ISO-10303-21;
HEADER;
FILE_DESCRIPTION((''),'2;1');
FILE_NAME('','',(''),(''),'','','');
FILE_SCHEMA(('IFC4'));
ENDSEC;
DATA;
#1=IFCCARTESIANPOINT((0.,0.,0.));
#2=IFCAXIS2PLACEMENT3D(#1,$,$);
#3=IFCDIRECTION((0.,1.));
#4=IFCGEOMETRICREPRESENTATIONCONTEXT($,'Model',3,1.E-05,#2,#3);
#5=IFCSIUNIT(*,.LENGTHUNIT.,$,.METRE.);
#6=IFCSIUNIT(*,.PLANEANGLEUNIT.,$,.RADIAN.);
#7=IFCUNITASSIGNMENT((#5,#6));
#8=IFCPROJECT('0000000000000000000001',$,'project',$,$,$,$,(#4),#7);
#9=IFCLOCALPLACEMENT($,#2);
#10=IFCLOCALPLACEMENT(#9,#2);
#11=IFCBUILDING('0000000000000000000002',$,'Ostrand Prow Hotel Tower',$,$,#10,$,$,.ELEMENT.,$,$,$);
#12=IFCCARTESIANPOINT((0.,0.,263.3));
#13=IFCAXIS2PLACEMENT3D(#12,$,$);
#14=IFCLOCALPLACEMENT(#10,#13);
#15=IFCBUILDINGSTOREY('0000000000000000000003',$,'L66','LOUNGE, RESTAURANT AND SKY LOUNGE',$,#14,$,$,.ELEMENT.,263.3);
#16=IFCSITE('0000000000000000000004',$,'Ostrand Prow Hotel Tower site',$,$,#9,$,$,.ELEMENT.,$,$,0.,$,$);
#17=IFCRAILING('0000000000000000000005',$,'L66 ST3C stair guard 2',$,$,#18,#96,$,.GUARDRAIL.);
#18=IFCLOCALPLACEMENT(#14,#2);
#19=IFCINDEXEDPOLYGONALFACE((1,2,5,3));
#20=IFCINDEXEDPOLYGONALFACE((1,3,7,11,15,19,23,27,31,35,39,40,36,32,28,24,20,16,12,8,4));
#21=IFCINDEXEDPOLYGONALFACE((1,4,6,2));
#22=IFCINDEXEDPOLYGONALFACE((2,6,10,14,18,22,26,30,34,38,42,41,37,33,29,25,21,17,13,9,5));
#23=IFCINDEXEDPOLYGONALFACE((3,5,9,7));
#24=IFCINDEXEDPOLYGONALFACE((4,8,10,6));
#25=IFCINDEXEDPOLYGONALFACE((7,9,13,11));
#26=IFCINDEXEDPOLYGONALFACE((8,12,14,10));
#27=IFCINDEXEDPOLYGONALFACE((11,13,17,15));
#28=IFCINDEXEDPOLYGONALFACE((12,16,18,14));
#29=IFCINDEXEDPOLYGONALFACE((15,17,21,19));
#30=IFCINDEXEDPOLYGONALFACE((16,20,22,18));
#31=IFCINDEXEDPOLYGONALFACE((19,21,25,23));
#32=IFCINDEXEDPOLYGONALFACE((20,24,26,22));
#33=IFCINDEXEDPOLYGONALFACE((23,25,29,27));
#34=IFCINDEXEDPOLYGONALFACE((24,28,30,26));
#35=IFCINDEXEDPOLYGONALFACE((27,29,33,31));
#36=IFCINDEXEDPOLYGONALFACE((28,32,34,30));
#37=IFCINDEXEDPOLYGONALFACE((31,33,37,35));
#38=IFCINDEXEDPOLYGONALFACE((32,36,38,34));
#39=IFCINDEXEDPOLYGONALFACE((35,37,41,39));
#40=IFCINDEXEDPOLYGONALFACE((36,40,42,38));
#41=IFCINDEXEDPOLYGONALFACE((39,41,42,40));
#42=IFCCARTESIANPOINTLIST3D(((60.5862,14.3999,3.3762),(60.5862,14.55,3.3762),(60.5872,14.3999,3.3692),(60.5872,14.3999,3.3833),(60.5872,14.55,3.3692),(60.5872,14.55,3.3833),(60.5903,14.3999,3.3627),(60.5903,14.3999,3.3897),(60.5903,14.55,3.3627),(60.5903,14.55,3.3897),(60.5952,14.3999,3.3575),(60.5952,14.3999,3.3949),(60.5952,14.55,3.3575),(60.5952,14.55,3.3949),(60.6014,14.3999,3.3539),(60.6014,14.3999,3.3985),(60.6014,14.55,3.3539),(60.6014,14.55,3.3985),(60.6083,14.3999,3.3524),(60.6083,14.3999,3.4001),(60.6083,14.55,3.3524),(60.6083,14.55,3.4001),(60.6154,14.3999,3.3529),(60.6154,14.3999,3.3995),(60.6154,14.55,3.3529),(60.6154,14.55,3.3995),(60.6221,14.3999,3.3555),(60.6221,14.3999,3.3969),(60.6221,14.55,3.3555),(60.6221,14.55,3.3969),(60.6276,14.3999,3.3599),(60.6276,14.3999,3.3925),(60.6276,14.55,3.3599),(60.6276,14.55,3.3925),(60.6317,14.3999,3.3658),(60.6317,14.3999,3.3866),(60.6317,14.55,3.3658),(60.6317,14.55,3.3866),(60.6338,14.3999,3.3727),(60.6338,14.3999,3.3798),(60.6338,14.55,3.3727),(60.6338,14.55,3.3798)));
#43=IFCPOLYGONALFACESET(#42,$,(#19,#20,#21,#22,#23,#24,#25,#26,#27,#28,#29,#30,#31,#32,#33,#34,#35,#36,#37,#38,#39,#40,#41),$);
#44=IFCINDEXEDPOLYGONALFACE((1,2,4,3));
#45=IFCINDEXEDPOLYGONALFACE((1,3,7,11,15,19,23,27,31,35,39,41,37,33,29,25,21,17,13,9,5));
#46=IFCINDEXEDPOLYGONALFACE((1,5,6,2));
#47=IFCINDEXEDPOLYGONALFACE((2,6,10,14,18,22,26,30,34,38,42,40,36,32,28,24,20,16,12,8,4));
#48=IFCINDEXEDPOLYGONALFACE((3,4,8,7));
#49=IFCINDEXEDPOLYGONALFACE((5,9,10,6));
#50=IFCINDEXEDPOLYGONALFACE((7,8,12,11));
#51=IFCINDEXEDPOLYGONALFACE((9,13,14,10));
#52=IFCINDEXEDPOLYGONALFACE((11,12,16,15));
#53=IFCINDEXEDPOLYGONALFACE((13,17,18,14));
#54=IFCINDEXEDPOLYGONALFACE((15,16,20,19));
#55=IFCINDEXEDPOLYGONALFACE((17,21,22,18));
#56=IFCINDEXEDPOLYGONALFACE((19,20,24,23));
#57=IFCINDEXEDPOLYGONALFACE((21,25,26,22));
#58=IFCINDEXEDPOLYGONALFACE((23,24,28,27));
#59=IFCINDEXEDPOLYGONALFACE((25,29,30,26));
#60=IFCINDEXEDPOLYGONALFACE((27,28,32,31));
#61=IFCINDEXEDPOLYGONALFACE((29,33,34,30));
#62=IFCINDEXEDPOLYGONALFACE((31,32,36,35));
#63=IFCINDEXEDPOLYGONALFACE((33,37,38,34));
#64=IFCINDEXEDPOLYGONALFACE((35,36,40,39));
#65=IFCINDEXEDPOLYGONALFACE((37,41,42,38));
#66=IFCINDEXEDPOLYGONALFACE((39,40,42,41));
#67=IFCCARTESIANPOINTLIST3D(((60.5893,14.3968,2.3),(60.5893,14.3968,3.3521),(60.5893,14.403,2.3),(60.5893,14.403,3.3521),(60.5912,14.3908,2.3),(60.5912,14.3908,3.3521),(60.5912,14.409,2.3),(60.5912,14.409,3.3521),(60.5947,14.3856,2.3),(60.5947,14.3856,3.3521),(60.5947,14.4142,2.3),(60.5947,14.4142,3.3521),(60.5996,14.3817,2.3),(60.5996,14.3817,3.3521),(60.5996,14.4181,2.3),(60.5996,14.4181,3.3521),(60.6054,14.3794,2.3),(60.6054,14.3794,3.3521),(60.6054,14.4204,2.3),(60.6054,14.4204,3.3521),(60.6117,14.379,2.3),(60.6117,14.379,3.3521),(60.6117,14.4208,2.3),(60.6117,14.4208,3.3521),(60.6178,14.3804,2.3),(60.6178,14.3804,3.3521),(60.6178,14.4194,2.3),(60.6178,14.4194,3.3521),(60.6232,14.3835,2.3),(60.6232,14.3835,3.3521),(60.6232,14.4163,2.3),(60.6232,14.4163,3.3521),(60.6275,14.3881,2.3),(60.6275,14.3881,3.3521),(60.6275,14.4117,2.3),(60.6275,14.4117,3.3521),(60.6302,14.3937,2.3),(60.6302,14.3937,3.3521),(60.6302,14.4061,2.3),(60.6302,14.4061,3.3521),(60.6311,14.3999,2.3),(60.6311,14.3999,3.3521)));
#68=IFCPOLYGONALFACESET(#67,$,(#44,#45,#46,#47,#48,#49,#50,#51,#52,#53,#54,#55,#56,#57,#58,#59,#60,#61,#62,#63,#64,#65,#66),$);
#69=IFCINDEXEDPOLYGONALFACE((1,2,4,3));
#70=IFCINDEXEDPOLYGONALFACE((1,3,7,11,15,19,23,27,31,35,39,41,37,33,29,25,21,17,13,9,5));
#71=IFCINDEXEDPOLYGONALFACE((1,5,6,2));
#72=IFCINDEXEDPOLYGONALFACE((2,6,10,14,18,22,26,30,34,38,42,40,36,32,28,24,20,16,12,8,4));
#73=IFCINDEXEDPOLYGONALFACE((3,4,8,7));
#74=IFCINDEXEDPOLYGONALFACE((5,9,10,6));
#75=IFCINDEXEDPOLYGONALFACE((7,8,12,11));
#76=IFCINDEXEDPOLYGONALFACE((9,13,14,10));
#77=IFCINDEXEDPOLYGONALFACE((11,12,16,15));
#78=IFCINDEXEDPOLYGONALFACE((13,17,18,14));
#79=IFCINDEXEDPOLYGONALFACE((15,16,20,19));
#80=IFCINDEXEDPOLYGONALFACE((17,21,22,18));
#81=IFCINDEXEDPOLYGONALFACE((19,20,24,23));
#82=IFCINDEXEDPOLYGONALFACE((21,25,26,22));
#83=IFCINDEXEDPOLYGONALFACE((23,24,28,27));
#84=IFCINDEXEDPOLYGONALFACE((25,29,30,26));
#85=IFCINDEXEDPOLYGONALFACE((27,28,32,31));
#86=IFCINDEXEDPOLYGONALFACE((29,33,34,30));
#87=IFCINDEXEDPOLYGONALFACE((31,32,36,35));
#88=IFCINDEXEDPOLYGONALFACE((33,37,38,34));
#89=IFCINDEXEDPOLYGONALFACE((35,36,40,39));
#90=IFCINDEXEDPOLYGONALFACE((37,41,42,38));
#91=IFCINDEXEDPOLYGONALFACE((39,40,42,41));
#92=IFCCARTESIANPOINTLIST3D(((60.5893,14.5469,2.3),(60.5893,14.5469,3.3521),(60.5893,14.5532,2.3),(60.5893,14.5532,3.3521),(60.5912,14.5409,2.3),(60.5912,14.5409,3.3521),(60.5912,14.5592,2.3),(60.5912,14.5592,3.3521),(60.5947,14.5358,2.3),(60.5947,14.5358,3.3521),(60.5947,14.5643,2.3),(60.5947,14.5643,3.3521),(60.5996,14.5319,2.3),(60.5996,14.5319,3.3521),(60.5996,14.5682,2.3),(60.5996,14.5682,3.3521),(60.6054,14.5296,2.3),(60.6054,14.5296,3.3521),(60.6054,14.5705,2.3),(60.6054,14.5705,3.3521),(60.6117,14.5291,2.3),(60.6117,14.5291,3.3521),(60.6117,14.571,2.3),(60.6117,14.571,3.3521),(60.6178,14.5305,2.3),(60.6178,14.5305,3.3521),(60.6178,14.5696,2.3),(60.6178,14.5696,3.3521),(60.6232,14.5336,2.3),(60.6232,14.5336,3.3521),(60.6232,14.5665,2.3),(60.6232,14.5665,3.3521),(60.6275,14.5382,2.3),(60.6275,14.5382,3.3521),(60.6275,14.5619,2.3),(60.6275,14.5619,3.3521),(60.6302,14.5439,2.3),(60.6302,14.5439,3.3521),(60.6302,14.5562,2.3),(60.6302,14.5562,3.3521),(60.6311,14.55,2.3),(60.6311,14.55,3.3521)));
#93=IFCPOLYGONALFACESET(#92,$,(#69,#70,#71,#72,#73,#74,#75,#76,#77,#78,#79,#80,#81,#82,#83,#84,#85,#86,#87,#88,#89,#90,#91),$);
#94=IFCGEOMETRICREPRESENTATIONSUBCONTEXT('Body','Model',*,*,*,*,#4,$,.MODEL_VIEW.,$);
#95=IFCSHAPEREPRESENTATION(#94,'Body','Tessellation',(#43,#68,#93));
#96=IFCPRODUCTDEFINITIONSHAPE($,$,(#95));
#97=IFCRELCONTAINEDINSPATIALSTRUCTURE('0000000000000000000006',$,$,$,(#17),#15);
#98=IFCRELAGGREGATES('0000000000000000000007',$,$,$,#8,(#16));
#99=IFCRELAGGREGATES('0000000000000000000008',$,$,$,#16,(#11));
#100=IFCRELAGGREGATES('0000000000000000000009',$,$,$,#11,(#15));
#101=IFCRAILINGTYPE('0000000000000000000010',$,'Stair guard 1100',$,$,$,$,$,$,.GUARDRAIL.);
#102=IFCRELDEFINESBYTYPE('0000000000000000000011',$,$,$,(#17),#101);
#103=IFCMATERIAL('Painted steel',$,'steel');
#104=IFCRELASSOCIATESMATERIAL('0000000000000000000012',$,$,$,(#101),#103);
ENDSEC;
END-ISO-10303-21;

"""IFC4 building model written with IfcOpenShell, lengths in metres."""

from ifc_helpers import new_model, si_unit, direction, frame, origin, origin_2d, place, context, subcontext, project, spatial, circle, extrude, material, type_object, element, save


model = new_model("IFC4")

# Units and contexts
model_context = context("Model", 3, precision=1e-05, world=origin(), true_north=direction((0.0, 1.0)))
body_context = subcontext(model_context, "Body", "Model", "MODEL_VIEW")
ifc_project = project(units=[si_unit("LENGTHUNIT", "METRE"), si_unit("PLANEANGLEUNIT", "RADIAN")], contexts=[model_context])

# Site, building, storey
site_placement = place(None, origin())
site = spatial("IfcSite", under=ifc_project, at=site_placement, Name="Ostrand Prow Hotel Tower site", CompositionType="ELEMENT", RefElevation=0.0)
building_placement = place(site_placement, origin())
building = spatial("IfcBuilding", under=site, at=building_placement, Name="Ostrand Prow Hotel Tower", CompositionType="ELEMENT")
storey_placement = place(building_placement, frame((0.0, 0.0, 263.3)))
storey = spatial("IfcBuildingStorey", under=building, at=storey_placement, Name="L66", Description="LOUNGE, RESTAURANT AND SKY LOUNGE", CompositionType="ELEMENT", Elevation=263.3)

# Railing
ifc_material_1 = material(Name="Painted steel", Category="steel")
railing_type_1 = type_object("IfcRailingType", Name="Stair guard 1100", PredefinedType="GUARDRAIL", material=ifc_material_1)
railing_1_placement = place(storey_placement, frame((60.6101, 14.3999, 2.3)))
element("IfcRailing", 1, at=railing_1_placement, inside=storey, type_object=railing_type_1, Name="L66 ST3C stair guard 2", PredefinedType="GUARDRAIL", context=body_context, shape_type="SweptSolid", body=[
    extrude(circle(Radius=0.0239, at=origin_2d()), frame((0.0, 0.0, 1.0762), z_axis=(0.0, 1.0, 0.0), x_axis=(-1.0, 0.0, 0.0)), (0.0, 0.0, 1.0), 0.1501),
    extrude(circle(Radius=0.021, at=origin_2d()), origin(), (0.0, 0.0, 1.0), 1.052),
    extrude(circle(Radius=0.021, at=origin_2d()), frame((0.0, 0.1501, 0.0)), (0.0, 0.0, 1.0), 1.052),
])

save(model, "model.ifc")
